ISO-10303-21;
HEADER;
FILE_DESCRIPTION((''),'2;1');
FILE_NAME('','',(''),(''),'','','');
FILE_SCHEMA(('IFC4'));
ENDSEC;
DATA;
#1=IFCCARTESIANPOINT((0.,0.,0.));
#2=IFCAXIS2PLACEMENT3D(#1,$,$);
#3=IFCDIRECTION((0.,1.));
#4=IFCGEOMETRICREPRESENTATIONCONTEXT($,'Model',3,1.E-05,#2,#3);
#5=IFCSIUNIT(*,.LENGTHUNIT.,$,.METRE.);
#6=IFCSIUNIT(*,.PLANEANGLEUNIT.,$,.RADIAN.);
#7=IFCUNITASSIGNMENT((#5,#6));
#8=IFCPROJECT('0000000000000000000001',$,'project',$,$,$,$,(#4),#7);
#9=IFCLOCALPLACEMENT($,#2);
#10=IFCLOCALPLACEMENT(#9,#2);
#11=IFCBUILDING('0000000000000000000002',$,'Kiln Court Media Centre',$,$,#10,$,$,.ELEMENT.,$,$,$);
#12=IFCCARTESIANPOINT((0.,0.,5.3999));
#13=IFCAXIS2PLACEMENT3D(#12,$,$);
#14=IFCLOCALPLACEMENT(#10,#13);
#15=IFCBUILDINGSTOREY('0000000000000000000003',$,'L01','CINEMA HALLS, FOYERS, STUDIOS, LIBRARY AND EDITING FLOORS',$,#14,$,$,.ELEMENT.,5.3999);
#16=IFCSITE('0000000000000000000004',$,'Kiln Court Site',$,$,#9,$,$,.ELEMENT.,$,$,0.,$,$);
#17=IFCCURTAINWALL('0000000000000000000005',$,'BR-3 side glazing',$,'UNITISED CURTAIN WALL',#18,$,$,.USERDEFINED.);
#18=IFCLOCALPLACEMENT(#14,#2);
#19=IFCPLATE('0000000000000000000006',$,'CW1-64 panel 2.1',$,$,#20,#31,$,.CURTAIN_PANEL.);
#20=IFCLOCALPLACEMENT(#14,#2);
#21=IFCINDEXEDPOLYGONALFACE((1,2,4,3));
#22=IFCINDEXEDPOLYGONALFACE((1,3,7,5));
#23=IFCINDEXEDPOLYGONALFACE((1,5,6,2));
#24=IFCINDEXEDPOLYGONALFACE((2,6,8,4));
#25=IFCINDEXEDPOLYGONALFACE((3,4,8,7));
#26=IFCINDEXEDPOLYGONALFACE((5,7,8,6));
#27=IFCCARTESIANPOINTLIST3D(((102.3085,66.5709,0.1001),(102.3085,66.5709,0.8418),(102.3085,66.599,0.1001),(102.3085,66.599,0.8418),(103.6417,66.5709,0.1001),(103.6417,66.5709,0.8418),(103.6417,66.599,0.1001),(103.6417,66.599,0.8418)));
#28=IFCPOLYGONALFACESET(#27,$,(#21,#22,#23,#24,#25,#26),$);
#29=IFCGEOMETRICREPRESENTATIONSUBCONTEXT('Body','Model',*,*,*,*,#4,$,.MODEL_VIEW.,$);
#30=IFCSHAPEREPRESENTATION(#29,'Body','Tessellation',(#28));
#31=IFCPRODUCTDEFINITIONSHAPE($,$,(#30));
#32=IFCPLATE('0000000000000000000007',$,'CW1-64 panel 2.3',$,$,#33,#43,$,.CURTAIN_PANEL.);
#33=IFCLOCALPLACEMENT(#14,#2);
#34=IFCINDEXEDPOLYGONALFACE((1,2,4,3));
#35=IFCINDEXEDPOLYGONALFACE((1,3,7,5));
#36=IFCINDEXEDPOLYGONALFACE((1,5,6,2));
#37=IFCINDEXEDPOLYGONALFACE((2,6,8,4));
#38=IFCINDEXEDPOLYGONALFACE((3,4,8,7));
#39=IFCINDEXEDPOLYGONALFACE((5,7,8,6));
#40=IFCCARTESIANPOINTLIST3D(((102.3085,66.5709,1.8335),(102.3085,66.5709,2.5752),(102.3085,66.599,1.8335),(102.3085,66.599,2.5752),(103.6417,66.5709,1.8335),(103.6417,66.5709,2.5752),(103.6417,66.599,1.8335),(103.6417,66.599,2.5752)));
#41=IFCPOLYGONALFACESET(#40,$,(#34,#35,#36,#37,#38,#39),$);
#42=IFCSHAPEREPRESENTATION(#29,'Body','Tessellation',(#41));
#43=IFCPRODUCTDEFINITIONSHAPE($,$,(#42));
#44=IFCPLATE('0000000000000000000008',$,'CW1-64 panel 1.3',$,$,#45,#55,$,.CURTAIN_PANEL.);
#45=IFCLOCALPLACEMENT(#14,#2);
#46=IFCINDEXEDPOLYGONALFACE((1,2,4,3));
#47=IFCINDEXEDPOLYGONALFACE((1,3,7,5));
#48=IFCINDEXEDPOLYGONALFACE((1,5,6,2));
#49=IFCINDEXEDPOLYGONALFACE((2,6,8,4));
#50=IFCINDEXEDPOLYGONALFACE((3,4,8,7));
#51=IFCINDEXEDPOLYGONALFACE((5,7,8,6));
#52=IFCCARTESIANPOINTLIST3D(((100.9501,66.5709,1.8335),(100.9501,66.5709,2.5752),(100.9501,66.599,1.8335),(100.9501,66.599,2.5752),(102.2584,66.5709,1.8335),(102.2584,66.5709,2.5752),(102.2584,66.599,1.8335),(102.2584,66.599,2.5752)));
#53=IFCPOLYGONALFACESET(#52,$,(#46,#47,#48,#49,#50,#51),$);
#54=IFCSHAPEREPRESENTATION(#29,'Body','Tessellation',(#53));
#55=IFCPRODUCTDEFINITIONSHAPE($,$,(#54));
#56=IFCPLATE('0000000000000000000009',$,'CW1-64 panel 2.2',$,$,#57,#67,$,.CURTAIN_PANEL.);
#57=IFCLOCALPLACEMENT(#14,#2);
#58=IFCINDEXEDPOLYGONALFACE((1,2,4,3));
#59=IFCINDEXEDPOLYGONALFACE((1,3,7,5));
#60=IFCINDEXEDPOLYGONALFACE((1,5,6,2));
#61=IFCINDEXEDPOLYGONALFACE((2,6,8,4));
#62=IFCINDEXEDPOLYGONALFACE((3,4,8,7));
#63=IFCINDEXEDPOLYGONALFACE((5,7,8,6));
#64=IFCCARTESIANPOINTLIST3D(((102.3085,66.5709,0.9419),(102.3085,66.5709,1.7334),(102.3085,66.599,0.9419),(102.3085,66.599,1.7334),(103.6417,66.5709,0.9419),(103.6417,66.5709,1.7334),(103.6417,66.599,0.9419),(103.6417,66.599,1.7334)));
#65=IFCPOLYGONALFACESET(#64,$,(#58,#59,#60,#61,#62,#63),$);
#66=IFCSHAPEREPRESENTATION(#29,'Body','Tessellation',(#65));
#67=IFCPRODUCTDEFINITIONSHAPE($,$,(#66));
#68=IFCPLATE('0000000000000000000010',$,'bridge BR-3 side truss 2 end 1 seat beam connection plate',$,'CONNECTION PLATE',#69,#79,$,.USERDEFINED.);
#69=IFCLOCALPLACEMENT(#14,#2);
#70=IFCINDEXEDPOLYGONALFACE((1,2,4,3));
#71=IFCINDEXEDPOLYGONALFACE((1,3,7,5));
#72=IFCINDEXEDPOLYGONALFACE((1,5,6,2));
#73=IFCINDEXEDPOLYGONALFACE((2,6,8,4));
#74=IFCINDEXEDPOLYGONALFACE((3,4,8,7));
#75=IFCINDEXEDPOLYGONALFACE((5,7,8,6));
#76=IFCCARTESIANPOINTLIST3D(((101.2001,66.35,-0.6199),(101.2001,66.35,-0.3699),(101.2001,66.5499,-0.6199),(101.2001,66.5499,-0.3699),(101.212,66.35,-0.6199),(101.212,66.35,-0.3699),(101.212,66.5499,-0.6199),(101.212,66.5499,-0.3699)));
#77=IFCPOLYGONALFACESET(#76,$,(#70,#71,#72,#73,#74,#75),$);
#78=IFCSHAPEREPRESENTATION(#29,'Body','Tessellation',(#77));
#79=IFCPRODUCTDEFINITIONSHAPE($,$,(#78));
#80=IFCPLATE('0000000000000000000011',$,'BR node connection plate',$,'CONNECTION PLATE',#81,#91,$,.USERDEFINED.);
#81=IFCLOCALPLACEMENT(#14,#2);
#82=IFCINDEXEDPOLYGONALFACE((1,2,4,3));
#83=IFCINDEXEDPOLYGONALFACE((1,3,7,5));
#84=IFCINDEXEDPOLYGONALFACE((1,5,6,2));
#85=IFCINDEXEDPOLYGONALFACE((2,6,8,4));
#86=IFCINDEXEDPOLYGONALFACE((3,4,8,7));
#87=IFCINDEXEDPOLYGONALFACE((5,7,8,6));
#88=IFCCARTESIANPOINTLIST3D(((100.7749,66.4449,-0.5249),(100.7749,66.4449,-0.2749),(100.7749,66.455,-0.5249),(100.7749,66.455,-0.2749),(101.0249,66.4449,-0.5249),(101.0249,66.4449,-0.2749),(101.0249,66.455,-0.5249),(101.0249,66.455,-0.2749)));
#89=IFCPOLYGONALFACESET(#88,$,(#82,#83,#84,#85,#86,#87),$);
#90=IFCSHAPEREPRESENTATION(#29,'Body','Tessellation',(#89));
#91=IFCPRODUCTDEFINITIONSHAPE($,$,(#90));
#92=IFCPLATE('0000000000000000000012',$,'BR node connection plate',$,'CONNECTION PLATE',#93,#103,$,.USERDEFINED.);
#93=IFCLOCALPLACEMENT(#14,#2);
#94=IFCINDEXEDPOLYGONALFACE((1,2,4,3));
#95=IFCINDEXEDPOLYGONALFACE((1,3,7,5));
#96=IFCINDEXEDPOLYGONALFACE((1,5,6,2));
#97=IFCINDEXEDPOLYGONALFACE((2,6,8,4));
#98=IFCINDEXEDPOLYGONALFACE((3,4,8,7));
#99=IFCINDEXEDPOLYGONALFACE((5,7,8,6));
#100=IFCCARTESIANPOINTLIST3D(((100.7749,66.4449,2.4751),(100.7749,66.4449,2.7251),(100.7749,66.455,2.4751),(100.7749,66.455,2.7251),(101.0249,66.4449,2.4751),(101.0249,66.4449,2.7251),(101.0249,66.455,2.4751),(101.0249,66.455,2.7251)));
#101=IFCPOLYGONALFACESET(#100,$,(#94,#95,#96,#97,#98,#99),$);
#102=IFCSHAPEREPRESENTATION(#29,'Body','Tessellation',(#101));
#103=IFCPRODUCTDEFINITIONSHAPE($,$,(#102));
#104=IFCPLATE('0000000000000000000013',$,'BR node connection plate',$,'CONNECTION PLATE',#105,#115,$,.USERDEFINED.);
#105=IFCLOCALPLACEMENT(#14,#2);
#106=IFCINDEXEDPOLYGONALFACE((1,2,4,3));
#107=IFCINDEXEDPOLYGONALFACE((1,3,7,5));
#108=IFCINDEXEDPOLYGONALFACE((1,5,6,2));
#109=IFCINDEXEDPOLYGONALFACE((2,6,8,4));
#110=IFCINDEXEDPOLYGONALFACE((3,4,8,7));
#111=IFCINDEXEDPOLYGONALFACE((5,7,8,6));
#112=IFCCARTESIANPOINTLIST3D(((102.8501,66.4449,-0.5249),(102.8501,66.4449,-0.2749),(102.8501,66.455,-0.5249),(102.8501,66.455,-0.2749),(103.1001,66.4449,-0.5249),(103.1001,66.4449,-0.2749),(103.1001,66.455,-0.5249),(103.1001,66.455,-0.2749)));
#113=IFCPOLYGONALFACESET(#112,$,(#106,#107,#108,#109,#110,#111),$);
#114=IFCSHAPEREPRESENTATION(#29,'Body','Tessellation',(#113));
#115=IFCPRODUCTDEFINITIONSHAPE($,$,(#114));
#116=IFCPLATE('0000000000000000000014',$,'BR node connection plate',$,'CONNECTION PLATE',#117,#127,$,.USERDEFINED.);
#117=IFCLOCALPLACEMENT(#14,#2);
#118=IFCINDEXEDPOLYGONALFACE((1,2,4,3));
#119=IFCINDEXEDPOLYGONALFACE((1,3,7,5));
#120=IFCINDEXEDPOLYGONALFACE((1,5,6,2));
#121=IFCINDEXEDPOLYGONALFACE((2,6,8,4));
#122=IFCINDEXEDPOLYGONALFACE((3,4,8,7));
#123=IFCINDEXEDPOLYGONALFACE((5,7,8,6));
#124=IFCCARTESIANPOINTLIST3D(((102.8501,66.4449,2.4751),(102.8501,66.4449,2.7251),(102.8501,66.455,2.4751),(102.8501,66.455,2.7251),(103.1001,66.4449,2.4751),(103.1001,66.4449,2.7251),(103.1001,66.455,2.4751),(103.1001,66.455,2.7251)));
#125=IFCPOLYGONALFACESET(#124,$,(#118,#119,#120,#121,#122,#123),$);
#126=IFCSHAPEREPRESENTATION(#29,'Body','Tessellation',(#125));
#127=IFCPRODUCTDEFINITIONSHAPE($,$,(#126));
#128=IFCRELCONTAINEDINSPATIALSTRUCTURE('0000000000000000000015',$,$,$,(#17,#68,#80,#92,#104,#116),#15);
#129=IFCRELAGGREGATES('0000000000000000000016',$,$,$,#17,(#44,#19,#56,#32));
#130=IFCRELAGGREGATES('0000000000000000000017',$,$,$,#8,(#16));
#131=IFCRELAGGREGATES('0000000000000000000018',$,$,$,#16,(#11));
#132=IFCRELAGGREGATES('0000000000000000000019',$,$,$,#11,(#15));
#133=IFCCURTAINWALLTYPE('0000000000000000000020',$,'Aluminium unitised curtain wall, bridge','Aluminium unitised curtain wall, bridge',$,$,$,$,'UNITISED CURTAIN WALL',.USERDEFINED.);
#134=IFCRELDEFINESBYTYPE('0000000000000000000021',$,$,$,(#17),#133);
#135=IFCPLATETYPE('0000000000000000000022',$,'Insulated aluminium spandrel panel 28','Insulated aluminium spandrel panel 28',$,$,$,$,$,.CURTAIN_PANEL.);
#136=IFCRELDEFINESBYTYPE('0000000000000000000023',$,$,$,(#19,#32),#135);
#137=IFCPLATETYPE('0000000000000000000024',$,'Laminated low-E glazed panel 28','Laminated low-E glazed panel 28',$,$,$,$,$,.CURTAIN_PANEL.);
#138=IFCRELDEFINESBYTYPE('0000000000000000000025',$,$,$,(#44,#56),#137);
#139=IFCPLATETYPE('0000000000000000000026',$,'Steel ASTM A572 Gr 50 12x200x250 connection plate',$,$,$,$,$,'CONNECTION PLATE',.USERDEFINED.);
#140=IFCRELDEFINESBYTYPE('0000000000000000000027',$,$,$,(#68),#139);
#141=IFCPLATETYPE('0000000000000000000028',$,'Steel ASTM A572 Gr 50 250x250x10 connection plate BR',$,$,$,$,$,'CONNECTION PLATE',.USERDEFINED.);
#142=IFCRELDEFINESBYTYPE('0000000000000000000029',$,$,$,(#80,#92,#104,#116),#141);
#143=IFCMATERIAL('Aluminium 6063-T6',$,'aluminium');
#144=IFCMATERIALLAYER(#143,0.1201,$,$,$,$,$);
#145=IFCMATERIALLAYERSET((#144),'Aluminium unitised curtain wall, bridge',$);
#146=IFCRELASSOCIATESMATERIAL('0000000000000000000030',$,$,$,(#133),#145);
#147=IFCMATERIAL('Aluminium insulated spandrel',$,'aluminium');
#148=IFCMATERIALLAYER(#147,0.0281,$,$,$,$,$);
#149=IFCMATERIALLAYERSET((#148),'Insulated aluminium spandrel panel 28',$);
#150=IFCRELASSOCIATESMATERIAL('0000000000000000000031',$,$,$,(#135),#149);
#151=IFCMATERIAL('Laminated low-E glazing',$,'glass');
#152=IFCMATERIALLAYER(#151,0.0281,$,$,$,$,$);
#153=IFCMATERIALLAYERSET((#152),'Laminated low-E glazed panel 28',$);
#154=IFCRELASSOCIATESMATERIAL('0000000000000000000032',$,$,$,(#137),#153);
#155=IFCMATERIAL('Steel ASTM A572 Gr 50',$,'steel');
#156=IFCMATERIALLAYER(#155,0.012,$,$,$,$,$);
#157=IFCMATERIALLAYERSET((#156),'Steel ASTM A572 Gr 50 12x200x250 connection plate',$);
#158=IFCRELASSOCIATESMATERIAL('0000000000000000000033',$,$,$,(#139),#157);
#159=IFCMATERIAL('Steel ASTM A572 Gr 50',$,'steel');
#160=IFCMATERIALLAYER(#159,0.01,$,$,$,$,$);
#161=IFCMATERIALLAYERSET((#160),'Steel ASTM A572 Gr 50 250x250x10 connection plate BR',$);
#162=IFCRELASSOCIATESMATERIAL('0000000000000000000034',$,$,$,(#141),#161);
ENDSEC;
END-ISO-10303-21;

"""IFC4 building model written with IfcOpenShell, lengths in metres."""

from ifc_helpers import new_model, si_unit, direction, frame, origin, origin_2d, place, context, subcontext, project, spatial, rectangle, extrude, material, layer, layer_set, type_object, element, aggregate, save


model = new_model("IFC4")

# Units and contexts
model_context = context("Model", 3, precision=1e-05, world=origin(), true_north=direction((0.0, 1.0)))
body_context = subcontext(model_context, "Body", "Model", "MODEL_VIEW")
ifc_project = project(units=[si_unit("LENGTHUNIT", "METRE"), si_unit("PLANEANGLEUNIT", "RADIAN")], contexts=[model_context])

# Site, building, storey
site_placement = place(None, origin())
site = spatial("IfcSite", under=ifc_project, at=site_placement, Name="Kiln Court Site", CompositionType="ELEMENT", RefElevation=0.0)
building_placement = place(site_placement, origin())
building = spatial("IfcBuilding", under=site, at=building_placement, Name="Kiln Court Media Centre", CompositionType="ELEMENT")
storey_placement = place(building_placement, frame((0.0, 0.0, 5.3999)))
storey = spatial("IfcBuildingStorey", under=building, at=storey_placement, Name="L01", Description="CINEMA HALLS, FOYERS, STUDIOS, LIBRARY AND EDITING FLOORS", CompositionType="ELEMENT", Elevation=5.3999)

# Curtain wall
ifc_material_1 = material(Name="Aluminium 6063-T6", Category="aluminium")
ifc_layer_1 = layer(ifc_material_1, 0.1201)
ifc_layer_set_1 = layer_set([ifc_layer_1], Name="Aluminium unitised curtain wall, bridge")
curtain_wall_type = type_object("IfcCurtainWallType", Name="Aluminium unitised curtain wall, bridge", Description="Aluminium unitised curtain wall, bridge", ElementType="UNITISED CURTAIN WALL", PredefinedType="USERDEFINED", material=ifc_layer_set_1)
curtain_wall_placement = place(storey_placement, origin())
curtain_wall = element("IfcCurtainWall", 1, at=curtain_wall_placement, inside=storey, type_object=curtain_wall_type, Name="BR-3 side glazing", ObjectType="UNITISED CURTAIN WALL", PredefinedType="USERDEFINED")

# Plates
ifc_material_2 = material(Name="Aluminium insulated spandrel", Category="aluminium")
ifc_layer_2 = layer(ifc_material_2, 0.0281)
ifc_layer_set_2 = layer_set([ifc_layer_2], Name="Insulated aluminium spandrel panel 28")
plate_type_1 = type_object("IfcPlateType", Name="Insulated aluminium spandrel panel 28", Description="Insulated aluminium spandrel panel 28", PredefinedType="CURTAIN_PANEL", material=ifc_layer_set_2)
plate_1_placement = place(storey_placement, frame((102.9751, 66.585, 0.1001), z_axis=(0.0, 0.0, 1.0), x_axis=(1.0, 0.0, 0.0)))
plate_1 = element("IfcPlate", 2, at=plate_1_placement, type_object=plate_type_1, Name="CW1-64 panel 2.1", PredefinedType="CURTAIN_PANEL", context=body_context, shape_type="SweptSolid", body=[
    extrude(rectangle(XDim=1.3333, YDim=0.0281, at=origin_2d()), origin(), (0.0, 0.0, 1.0), 0.7417),
])
plate_2_placement = place(storey_placement, frame((102.9751, 66.585, 1.8335), z_axis=(0.0, 0.0, 1.0), x_axis=(1.0, 0.0, 0.0)))
plate_2 = element("IfcPlate", 3, at=plate_2_placement, type_object=plate_type_1, Name="CW1-64 panel 2.3", PredefinedType="CURTAIN_PANEL", context=body_context, shape_type="SweptSolid", body=[
    extrude(rectangle(XDim=1.3333, YDim=0.0281, at=origin_2d()), origin(), (0.0, 0.0, 1.0), 0.7417),
])
ifc_material_3 = material(Name="Laminated low-E glazing", Category="glass")
ifc_layer_3 = layer(ifc_material_3, 0.0281)
ifc_layer_set_3 = layer_set([ifc_layer_3], Name="Laminated low-E glazed panel 28")
plate_type_2 = type_object("IfcPlateType", Name="Laminated low-E glazed panel 28", Description="Laminated low-E glazed panel 28", PredefinedType="CURTAIN_PANEL", material=ifc_layer_set_3)
plate_3_placement = place(storey_placement, frame((101.6042, 66.585, 1.8335), z_axis=(0.0, 0.0, 1.0), x_axis=(1.0, 0.0, 0.0)))
plate_3 = element("IfcPlate", 4, at=plate_3_placement, type_object=plate_type_2, Name="CW1-64 panel 1.3", PredefinedType="CURTAIN_PANEL", context=body_context, shape_type="SweptSolid", body=[
    extrude(rectangle(XDim=1.3083, YDim=0.0281, at=origin_2d()), origin(), (0.0, 0.0, 1.0), 0.7417),
])
plate_4_placement = place(storey_placement, frame((102.9751, 66.585, 0.9419), z_axis=(0.0, 0.0, 1.0), x_axis=(1.0, 0.0, 0.0)))
plate_4 = element("IfcPlate", 5, at=plate_4_placement, type_object=plate_type_2, Name="CW1-64 panel 2.2", PredefinedType="CURTAIN_PANEL", context=body_context, shape_type="SweptSolid", body=[
    extrude(rectangle(XDim=1.3333, YDim=0.0281, at=origin_2d()), origin(), (0.0, 0.0, 1.0), 0.7915),
])
aggregate(curtain_wall, [plate_3, plate_1, plate_4, plate_2])

# Plates
ifc_material_4 = material(Name="Steel ASTM A572 Gr 50", Category="steel")
ifc_layer_4 = layer(ifc_material_4, 0.012)
ifc_layer_set_4 = layer_set([ifc_layer_4], Name="Steel ASTM A572 Gr 50 12x200x250 connection plate")
plate_type_3 = type_object("IfcPlateType", Name="Steel ASTM A572 Gr 50 12x200x250 connection plate", ElementType="CONNECTION PLATE", PredefinedType="USERDEFINED", material=ifc_layer_set_4)
plate_5_placement = place(storey_placement, frame((101.2061, 66.45, -0.6199), z_axis=(0.0, 0.0, 1.0), x_axis=(1.0, 0.0, 0.0)))
element("IfcPlate", 6, at=plate_5_placement, inside=storey, type_object=plate_type_3, Name="bridge BR-3 side truss 2 end 1 seat beam connection plate", ObjectType="CONNECTION PLATE", PredefinedType="USERDEFINED", context=body_context, shape_type="SweptSolid", body=[
    extrude(rectangle(XDim=0.012, YDim=0.2, at=origin_2d()), origin(), (0.0, 0.0, 1.0), 0.25),
])
ifc_material_5 = material(Name="Steel ASTM A572 Gr 50", Category="steel")
ifc_layer_5 = layer(ifc_material_5, 0.01)
ifc_layer_set_5 = layer_set([ifc_layer_5], Name="Steel ASTM A572 Gr 50 250x250x10 connection plate BR")
plate_type_4 = type_object("IfcPlateType", Name="Steel ASTM A572 Gr 50 250x250x10 connection plate BR", ElementType="CONNECTION PLATE", PredefinedType="USERDEFINED", material=ifc_layer_set_5)
for number, where, z_axis, x_axis, name in (
    (7, (100.8999, 66.45, -0.5249), (0.0, 0.0, 1.0), (1.0, 0.0, 0.0), "BR node connection plate"),
    (8, (100.8999, 66.45, 2.4751), (0.0, 0.0, 1.0), (1.0, 0.0, 0.0), "BR node connection plate"),
    (9, (102.9751, 66.45, -0.5249), (0.0, 0.0, 1.0), (1.0, 0.0, 0.0), "BR node connection plate"),
    (10, (102.9751, 66.45, 2.4751), (0.0, 0.0, 1.0), (1.0, 0.0, 0.0), "BR node connection plate"),
):
    element("IfcPlate", number, at=place(storey_placement, frame(where, z_axis=z_axis, x_axis=x_axis)), inside=storey, type_object=plate_type_4, Name=name, ObjectType="CONNECTION PLATE", PredefinedType="USERDEFINED", context=body_context, shape_type="SweptSolid", body=[
        extrude(rectangle(XDim=0.25, YDim=0.01, at=origin_2d()), origin(), (0.0, 0.0, 1.0), 0.25),
    ])

save(model, "model.ifc")
